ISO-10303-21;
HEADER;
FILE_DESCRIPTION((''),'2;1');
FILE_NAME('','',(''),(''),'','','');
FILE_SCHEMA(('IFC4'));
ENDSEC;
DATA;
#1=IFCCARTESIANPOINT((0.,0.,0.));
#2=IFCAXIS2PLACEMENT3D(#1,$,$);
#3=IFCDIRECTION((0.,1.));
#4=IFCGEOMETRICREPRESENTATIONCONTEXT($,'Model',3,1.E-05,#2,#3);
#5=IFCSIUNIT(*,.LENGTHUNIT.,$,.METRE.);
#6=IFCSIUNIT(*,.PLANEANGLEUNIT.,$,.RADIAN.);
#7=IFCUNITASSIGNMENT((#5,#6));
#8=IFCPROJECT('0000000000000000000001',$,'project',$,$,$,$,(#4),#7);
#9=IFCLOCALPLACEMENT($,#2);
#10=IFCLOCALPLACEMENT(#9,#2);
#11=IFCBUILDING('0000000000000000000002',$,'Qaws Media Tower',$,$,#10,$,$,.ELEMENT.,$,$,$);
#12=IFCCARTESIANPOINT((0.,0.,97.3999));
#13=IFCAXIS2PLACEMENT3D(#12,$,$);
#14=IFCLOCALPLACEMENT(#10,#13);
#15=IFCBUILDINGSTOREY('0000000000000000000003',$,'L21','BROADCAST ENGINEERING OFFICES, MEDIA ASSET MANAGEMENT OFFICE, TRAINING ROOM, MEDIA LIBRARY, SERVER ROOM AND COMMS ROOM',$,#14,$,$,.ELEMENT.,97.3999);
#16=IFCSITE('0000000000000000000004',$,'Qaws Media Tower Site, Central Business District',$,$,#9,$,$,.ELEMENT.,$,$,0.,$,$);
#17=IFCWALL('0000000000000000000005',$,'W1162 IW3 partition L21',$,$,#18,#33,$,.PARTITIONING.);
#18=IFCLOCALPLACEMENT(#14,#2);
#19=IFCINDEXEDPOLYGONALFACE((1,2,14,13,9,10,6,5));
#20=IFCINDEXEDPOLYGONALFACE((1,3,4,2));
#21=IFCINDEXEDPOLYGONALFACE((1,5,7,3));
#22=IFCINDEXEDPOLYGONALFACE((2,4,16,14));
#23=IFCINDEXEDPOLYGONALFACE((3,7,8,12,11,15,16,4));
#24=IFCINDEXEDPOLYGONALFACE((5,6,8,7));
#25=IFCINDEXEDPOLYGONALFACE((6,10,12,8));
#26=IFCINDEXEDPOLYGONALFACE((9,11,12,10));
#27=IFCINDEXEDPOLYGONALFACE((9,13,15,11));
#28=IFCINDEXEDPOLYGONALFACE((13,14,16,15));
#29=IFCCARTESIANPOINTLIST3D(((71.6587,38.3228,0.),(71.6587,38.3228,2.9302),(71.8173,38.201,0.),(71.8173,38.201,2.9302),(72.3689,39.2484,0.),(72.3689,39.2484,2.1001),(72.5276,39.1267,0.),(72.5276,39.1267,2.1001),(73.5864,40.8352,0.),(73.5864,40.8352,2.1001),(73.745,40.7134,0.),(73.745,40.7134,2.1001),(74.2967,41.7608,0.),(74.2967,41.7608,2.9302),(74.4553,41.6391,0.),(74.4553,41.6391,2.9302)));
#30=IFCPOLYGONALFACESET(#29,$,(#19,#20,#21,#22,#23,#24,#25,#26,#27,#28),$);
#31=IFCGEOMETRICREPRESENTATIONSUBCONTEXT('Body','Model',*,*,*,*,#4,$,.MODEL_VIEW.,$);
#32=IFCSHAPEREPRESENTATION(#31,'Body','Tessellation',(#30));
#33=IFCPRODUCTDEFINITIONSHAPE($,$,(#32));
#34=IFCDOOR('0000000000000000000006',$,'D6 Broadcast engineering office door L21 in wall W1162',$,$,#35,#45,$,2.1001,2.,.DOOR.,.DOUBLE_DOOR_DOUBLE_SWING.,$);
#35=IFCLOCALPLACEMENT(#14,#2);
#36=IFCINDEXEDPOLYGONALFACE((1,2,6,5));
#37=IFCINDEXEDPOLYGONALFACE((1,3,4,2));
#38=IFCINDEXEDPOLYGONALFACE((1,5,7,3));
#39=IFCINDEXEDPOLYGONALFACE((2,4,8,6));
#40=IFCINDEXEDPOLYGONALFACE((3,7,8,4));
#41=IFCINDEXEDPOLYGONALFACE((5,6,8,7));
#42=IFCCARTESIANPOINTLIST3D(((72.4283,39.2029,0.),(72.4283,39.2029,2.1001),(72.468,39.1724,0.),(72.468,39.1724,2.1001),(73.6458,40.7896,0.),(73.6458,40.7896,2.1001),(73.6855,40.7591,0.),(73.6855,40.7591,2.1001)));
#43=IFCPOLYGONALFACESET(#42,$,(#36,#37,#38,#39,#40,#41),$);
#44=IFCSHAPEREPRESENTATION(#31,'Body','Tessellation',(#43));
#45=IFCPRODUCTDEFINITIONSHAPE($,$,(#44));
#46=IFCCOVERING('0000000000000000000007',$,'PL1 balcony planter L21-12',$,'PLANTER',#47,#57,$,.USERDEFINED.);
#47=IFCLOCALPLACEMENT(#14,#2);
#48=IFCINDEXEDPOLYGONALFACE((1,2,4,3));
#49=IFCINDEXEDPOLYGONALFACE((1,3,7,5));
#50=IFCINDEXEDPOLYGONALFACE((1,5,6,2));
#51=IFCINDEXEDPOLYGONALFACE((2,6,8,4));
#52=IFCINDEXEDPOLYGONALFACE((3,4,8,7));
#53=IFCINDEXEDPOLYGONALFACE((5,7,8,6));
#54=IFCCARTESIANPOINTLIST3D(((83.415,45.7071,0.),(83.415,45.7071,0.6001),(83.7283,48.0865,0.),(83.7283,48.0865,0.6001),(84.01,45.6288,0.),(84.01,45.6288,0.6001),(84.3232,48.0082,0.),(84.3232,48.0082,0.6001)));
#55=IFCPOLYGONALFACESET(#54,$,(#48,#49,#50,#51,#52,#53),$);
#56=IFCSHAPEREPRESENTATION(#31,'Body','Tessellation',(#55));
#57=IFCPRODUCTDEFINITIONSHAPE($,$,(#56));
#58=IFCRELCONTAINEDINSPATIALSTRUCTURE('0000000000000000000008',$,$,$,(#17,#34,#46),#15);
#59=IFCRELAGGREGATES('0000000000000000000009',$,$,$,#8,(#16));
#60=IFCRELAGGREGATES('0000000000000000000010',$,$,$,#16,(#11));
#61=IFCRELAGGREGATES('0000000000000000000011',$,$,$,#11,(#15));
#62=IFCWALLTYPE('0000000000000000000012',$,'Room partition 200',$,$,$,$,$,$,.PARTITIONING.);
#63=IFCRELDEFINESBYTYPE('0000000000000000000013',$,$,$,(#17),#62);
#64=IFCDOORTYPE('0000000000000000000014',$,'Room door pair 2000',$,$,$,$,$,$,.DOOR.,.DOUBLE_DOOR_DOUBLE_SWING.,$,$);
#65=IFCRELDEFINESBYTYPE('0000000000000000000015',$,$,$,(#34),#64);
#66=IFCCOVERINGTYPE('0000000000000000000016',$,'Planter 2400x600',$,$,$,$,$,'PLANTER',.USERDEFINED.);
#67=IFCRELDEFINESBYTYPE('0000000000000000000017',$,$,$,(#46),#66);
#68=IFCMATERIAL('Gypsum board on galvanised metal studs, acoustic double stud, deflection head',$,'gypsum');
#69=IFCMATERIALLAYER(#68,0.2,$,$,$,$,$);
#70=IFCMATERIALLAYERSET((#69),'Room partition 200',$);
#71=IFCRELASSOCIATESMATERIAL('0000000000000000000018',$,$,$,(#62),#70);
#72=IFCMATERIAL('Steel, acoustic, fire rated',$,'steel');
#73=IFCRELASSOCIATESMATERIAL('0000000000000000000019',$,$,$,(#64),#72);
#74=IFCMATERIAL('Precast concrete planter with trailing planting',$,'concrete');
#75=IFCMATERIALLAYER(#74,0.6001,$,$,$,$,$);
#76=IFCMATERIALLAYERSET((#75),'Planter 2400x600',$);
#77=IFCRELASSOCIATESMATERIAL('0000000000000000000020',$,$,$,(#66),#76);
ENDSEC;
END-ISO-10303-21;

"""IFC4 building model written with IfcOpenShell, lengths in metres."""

from ifc_helpers import new_model, si_unit, direction, frame, frame_2d, origin, origin_2d, place, context, subcontext, project, spatial, rectangle, extrude, material, layer, layer_set, type_object, element, fill, save


model = new_model("IFC4")

# Units and contexts
model_context = context("Model", 3, precision=1e-05, world=origin(), true_north=direction((0.0, 1.0)))
body_context = subcontext(model_context, "Body", "Model", "MODEL_VIEW")
ifc_project = project(units=[si_unit("LENGTHUNIT", "METRE"), si_unit("PLANEANGLEUNIT", "RADIAN")], contexts=[model_context])

# Site, building, storey
site_placement = place(None, origin())
site = spatial("IfcSite", under=ifc_project, at=site_placement, Name="Qaws Media Tower Site, Central Business District", CompositionType="ELEMENT", RefElevation=0.0)
building_placement = place(site_placement, origin())
building = spatial("IfcBuilding", under=site, at=building_placement, Name="Qaws Media Tower", CompositionType="ELEMENT")
storey_placement = place(building_placement, frame((0.0, 0.0, 97.3999)))
storey = spatial("IfcBuildingStorey", under=building, at=storey_placement, Name="L21", Description="BROADCAST ENGINEERING OFFICES, MEDIA ASSET MANAGEMENT OFFICE, TRAINING ROOM, MEDIA LIBRARY, SERVER ROOM AND COMMS ROOM", CompositionType="ELEMENT", Elevation=97.3999)

# Shared definitions
ifc_material_1 = material(Name="Gypsum board on galvanised metal studs, acoustic double stud, deflection head", Category="gypsum")
ifc_layer_1 = layer(ifc_material_1, 0.2)
ifc_layer_set_1 = layer_set([ifc_layer_1], Name="Room partition 200")
wall_type_1 = type_object("IfcWallType", Name="Room partition 200", PredefinedType="PARTITIONING", material=ifc_layer_set_1)

# Wall, opening, door
wall_1_placement = place(storey_placement, frame((74.376, 41.7, 0.0), z_axis=(0.0, 0.0, 1.0), x_axis=(-0.608744, -0.793367, 0.0)))
wall_1 = element("IfcWall", 1, at=wall_1_placement, inside=storey, type_object=wall_type_1, Name="W1162 IW3 partition L21", PredefinedType="PARTITIONING", context=body_context, shape_type="SweptSolid", body=[
    extrude(rectangle(XDim=4.3335, YDim=0.2, at=frame_2d((2.1667, 0.0))), origin(), (0.0, 0.0, 1.0), 2.9302),
])
opening_placement = place(wall_1_placement, frame((1.1667, 0.0, 0.0)))
opening = element("IfcOpeningElement", 2, at=opening_placement, cuts=wall_1, PredefinedType="OPENING", context=body_context, shape_type="SweptSolid", body=[
    extrude(rectangle(XDim=2.0, YDim=2.1001, at=frame_2d((1.0, 1.05))), frame((0.0, 0.1099, 0.0), z_axis=(0.0, -1.0, 0.0), x_axis=(1.0, 0.0, 0.0)), (0.0, 0.0, 1.0), 0.22),
])
ifc_material_2 = material(Name="Steel, acoustic, fire rated", Category="steel")
door_type = type_object("IfcDoorType", Name="Room door pair 2000", OperationType="DOUBLE_DOOR_DOUBLE_SWING", PredefinedType="DOOR", material=ifc_material_2)
door_placement = place(opening_placement, origin())
door = element("IfcDoor", 3, at=door_placement, inside=storey, type_object=door_type, Name="D6 Broadcast engineering office door L21 in wall W1162", OperationType="DOUBLE_DOOR_DOUBLE_SWING", OverallHeight=2.1001, OverallWidth=2.0, PredefinedType="DOOR", context=body_context, shape_type="SweptSolid", body=[
    extrude(rectangle(XDim=2.0, YDim=2.1001, at=frame_2d((1.0, 1.05))), frame((0.0, 0.0249, 0.0), z_axis=(0.0, -1.0, 0.0), x_axis=(1.0, 0.0, 0.0)), (0.0, 0.0, 1.0), 0.05),
])
fill(opening, door)

# Covering
ifc_material_3 = material(Name="Precast concrete planter with trailing planting", Category="concrete")
ifc_layer_2 = layer(ifc_material_3, 0.6001)
ifc_layer_set_2 = layer_set([ifc_layer_2], Name="Planter 2400x600")
covering_type = type_object("IfcCoveringType", Name="Planter 2400x600", ElementType="PLANTER", PredefinedType="USERDEFINED", material=ifc_layer_set_2)
covering_placement = place(storey_placement, frame((83.8691, 46.8577, 0.0), z_axis=(0.0, 0.0, 1.0), x_axis=(0.130526, 0.991445, 0.0)))
element("IfcCovering", 4, at=covering_placement, inside=storey, type_object=covering_type, Name="PL1 balcony planter L21-12", ObjectType="PLANTER", PredefinedType="USERDEFINED", context=body_context, shape_type="SweptSolid", body=[
    extrude(rectangle(XDim=2.3999, YDim=0.6001, at=origin_2d()), origin(), (0.0, 0.0, 1.0), 0.6001),
])

save(model, "model.ifc")
